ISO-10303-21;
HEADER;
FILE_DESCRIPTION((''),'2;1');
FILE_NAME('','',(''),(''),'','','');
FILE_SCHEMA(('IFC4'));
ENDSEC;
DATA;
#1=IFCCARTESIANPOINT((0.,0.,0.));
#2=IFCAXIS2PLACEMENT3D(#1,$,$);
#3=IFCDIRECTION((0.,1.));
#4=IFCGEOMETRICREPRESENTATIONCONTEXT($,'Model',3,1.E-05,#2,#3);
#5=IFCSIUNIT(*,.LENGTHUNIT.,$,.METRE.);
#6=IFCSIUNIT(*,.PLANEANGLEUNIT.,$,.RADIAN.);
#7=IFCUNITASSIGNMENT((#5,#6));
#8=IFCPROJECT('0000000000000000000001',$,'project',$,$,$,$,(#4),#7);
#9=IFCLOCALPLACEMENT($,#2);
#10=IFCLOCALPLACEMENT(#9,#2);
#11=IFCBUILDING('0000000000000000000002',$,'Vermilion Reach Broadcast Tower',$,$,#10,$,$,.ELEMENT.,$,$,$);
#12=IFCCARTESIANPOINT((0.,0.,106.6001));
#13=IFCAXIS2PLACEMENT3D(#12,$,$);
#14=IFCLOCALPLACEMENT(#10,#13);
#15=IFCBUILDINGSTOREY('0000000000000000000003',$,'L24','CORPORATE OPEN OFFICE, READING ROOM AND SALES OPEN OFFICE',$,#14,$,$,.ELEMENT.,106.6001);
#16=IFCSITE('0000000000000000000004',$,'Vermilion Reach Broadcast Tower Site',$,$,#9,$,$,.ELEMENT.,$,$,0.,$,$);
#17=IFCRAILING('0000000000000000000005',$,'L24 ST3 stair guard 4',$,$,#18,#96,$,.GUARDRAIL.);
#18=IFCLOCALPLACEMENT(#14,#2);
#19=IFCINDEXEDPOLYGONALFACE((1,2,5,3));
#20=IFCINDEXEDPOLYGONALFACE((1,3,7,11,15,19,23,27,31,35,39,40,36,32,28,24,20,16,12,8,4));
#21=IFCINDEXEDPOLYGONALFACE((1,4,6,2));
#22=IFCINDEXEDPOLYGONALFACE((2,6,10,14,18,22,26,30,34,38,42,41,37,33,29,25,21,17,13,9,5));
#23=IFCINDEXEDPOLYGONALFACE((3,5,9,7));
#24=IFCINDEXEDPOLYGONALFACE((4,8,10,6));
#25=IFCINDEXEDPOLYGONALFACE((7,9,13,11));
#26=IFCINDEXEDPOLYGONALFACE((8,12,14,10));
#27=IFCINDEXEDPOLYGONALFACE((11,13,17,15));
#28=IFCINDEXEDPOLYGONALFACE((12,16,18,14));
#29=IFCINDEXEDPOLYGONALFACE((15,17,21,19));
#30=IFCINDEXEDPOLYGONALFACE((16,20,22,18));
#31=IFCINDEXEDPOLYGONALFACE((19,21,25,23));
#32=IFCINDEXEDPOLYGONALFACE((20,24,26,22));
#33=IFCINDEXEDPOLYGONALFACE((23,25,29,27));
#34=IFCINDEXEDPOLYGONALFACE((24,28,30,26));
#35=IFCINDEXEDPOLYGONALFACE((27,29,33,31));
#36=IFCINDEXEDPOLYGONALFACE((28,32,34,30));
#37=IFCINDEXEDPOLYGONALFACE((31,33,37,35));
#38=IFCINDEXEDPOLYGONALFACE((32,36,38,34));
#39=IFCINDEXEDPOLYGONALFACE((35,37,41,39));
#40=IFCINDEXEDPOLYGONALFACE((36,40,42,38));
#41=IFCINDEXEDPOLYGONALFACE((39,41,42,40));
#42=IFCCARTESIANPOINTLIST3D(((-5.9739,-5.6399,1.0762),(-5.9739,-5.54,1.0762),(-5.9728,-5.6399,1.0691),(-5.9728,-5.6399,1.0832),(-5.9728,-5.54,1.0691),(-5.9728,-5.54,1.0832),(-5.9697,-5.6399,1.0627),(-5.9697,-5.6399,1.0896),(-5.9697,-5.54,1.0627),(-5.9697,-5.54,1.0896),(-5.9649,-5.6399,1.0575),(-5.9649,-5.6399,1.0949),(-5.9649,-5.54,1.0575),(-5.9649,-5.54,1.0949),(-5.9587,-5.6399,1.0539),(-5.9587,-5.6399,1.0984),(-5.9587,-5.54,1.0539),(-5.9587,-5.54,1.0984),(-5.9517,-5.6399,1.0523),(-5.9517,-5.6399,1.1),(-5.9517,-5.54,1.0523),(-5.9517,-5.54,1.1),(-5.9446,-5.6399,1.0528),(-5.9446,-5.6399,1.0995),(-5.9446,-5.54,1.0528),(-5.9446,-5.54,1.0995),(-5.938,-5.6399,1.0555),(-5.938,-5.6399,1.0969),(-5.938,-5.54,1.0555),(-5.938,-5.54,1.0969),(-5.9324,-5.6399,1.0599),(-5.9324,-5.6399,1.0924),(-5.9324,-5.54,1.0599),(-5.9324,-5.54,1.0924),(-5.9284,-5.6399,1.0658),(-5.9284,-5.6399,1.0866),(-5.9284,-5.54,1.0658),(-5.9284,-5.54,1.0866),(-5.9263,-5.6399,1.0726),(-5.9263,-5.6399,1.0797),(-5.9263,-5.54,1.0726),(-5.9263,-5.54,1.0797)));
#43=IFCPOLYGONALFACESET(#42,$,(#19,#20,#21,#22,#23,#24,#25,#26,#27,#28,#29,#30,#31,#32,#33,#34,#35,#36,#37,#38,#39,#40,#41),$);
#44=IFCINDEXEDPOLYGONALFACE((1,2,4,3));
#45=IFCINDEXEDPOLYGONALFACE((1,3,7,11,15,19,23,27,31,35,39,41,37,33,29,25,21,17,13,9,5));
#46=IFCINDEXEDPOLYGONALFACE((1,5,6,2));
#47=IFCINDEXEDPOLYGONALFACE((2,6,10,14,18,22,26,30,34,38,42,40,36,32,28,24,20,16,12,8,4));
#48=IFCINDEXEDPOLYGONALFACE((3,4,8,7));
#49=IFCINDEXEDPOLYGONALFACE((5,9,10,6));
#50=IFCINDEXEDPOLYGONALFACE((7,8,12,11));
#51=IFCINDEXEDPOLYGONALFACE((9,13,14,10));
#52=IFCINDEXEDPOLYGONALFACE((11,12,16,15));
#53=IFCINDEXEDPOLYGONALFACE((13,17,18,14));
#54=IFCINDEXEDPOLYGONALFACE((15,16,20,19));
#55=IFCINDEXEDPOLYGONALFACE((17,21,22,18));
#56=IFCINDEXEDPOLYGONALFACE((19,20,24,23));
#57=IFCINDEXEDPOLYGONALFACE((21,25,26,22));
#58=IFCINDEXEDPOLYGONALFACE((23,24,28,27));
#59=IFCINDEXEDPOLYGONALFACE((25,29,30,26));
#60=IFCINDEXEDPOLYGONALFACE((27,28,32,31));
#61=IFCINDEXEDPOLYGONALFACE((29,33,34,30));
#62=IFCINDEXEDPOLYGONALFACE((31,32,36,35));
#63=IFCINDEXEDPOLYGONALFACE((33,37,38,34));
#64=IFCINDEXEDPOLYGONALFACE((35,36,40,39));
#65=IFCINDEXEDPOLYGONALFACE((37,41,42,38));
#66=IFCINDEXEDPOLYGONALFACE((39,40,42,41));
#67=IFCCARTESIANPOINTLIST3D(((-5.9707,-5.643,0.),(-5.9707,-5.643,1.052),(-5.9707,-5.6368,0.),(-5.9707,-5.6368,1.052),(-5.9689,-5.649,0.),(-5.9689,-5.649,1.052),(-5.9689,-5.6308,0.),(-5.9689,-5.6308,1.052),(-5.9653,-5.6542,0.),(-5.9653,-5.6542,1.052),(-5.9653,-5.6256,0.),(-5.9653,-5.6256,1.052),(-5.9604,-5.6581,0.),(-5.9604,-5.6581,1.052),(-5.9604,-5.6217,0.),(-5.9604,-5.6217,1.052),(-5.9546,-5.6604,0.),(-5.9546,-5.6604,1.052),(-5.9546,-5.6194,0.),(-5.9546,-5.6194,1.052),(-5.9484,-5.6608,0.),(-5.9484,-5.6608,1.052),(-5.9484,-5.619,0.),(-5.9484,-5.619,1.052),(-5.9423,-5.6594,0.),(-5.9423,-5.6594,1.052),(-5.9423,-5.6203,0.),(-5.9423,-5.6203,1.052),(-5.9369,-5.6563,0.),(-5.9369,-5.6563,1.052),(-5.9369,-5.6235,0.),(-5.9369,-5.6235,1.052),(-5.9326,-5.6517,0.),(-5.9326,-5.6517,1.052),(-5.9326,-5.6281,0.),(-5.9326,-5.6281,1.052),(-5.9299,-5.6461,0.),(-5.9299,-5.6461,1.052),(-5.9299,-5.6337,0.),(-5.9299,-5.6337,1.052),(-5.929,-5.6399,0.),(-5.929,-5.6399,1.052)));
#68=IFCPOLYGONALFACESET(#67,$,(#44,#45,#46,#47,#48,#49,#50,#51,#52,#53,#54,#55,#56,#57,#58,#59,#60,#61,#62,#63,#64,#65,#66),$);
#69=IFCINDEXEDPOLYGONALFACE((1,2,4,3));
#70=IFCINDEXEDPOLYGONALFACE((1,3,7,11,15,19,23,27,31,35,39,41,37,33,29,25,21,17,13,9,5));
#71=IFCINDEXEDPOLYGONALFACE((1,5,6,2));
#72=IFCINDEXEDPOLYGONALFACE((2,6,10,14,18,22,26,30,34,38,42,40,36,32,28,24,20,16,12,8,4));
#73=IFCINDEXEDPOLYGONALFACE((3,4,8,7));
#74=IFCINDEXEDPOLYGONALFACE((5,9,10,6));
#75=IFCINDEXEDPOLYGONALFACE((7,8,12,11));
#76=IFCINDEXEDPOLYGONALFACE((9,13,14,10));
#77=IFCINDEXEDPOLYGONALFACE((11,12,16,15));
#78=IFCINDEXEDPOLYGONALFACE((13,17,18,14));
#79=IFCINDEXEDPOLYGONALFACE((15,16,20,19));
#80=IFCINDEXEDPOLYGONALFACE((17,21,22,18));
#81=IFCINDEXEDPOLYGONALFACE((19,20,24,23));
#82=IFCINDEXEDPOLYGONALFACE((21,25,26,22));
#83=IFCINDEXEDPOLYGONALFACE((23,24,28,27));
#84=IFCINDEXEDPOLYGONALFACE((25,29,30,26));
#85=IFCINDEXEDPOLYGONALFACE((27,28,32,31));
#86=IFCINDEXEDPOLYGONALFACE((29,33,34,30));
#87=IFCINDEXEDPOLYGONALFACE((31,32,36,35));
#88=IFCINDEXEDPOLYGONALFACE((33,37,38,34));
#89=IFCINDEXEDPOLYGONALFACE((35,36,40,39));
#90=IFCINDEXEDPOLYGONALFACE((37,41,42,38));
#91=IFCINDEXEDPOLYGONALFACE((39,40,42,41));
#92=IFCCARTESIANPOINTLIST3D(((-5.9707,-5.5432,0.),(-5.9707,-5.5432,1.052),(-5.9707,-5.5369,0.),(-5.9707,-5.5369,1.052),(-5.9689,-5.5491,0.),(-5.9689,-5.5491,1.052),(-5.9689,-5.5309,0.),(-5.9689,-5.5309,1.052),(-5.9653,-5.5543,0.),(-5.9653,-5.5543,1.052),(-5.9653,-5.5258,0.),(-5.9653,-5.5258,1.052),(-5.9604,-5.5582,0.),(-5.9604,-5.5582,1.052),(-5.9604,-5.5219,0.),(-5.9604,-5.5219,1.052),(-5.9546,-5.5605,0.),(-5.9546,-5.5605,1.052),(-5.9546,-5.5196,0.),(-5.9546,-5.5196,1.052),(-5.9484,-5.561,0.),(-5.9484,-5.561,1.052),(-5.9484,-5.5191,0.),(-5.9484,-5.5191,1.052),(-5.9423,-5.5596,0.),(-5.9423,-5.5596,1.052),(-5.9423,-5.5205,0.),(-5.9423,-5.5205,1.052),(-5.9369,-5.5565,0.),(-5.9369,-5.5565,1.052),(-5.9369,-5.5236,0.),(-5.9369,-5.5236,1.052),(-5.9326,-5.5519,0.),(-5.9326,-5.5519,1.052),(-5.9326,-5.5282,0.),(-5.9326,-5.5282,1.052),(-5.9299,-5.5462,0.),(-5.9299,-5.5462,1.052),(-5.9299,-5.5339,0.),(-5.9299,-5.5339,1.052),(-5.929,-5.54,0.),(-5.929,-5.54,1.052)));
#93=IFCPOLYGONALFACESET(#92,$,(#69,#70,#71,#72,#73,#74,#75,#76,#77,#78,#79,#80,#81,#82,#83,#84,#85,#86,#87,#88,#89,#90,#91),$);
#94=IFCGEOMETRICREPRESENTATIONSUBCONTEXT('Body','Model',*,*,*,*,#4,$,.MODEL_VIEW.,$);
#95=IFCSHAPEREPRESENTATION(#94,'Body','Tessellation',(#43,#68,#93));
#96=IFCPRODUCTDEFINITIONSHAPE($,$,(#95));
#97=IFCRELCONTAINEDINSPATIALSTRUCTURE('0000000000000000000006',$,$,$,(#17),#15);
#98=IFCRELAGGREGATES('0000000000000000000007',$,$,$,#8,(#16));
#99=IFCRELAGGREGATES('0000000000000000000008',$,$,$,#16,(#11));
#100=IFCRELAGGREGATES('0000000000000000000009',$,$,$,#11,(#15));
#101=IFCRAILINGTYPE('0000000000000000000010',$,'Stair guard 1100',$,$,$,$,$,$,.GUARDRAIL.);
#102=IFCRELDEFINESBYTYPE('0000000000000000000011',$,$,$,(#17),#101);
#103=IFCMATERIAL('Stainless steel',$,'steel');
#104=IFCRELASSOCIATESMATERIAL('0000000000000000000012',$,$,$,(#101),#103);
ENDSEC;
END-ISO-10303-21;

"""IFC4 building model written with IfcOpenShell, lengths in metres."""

from ifc_helpers import new_model, si_unit, direction, frame, origin, origin_2d, place, context, subcontext, project, spatial, circle, extrude, material, type_object, element, save


model = new_model("IFC4")

# Units and contexts
model_context = context("Model", 3, precision=1e-05, world=origin(), true_north=direction((0.0, 1.0)))
body_context = subcontext(model_context, "Body", "Model", "MODEL_VIEW")
ifc_project = project(units=[si_unit("LENGTHUNIT", "METRE"), si_unit("PLANEANGLEUNIT", "RADIAN")], contexts=[model_context])

# Site, building, storey
site_placement = place(None, origin())
site = spatial("IfcSite", under=ifc_project, at=site_placement, Name="Vermilion Reach Broadcast Tower Site", CompositionType="ELEMENT", RefElevation=0.0)
building_placement = place(site_placement, origin())
building = spatial("IfcBuilding", under=site, at=building_placement, Name="Vermilion Reach Broadcast Tower", CompositionType="ELEMENT")
storey_placement = place(building_placement, frame((0.0, 0.0, 106.6001)))
storey = spatial("IfcBuildingStorey", under=building, at=storey_placement, Name="L24", Description="CORPORATE OPEN OFFICE, READING ROOM AND SALES OPEN OFFICE", CompositionType="ELEMENT", Elevation=106.6001)

# Railing
ifc_material_1 = material(Name="Stainless steel", Category="steel")
railing_type_1 = type_object("IfcRailingType", Name="Stair guard 1100", PredefinedType="GUARDRAIL", material=ifc_material_1)
railing_1_placement = place(storey_placement, frame((-5.95, -5.6399, 0.0)))
element("IfcRailing", 1, at=railing_1_placement, inside=storey, type_object=railing_type_1, Name="L24 ST3 stair guard 4", PredefinedType="GUARDRAIL", context=body_context, shape_type="SweptSolid", body=[
    extrude(circle(Radius=0.0239, at=origin_2d()), frame((0.0, 0.0, 1.0762), z_axis=(0.0, 1.0, 0.0), x_axis=(-1.0, 0.0, 0.0)), (0.0, 0.0, 1.0), 0.0999),
    extrude(circle(Radius=0.021, at=origin_2d()), origin(), (0.0, 0.0, 1.0), 1.052),
    extrude(circle(Radius=0.021, at=origin_2d()), frame((0.0, 0.0999, 0.0)), (0.0, 0.0, 1.0), 1.052),
])

save(model, "model.ifc")
